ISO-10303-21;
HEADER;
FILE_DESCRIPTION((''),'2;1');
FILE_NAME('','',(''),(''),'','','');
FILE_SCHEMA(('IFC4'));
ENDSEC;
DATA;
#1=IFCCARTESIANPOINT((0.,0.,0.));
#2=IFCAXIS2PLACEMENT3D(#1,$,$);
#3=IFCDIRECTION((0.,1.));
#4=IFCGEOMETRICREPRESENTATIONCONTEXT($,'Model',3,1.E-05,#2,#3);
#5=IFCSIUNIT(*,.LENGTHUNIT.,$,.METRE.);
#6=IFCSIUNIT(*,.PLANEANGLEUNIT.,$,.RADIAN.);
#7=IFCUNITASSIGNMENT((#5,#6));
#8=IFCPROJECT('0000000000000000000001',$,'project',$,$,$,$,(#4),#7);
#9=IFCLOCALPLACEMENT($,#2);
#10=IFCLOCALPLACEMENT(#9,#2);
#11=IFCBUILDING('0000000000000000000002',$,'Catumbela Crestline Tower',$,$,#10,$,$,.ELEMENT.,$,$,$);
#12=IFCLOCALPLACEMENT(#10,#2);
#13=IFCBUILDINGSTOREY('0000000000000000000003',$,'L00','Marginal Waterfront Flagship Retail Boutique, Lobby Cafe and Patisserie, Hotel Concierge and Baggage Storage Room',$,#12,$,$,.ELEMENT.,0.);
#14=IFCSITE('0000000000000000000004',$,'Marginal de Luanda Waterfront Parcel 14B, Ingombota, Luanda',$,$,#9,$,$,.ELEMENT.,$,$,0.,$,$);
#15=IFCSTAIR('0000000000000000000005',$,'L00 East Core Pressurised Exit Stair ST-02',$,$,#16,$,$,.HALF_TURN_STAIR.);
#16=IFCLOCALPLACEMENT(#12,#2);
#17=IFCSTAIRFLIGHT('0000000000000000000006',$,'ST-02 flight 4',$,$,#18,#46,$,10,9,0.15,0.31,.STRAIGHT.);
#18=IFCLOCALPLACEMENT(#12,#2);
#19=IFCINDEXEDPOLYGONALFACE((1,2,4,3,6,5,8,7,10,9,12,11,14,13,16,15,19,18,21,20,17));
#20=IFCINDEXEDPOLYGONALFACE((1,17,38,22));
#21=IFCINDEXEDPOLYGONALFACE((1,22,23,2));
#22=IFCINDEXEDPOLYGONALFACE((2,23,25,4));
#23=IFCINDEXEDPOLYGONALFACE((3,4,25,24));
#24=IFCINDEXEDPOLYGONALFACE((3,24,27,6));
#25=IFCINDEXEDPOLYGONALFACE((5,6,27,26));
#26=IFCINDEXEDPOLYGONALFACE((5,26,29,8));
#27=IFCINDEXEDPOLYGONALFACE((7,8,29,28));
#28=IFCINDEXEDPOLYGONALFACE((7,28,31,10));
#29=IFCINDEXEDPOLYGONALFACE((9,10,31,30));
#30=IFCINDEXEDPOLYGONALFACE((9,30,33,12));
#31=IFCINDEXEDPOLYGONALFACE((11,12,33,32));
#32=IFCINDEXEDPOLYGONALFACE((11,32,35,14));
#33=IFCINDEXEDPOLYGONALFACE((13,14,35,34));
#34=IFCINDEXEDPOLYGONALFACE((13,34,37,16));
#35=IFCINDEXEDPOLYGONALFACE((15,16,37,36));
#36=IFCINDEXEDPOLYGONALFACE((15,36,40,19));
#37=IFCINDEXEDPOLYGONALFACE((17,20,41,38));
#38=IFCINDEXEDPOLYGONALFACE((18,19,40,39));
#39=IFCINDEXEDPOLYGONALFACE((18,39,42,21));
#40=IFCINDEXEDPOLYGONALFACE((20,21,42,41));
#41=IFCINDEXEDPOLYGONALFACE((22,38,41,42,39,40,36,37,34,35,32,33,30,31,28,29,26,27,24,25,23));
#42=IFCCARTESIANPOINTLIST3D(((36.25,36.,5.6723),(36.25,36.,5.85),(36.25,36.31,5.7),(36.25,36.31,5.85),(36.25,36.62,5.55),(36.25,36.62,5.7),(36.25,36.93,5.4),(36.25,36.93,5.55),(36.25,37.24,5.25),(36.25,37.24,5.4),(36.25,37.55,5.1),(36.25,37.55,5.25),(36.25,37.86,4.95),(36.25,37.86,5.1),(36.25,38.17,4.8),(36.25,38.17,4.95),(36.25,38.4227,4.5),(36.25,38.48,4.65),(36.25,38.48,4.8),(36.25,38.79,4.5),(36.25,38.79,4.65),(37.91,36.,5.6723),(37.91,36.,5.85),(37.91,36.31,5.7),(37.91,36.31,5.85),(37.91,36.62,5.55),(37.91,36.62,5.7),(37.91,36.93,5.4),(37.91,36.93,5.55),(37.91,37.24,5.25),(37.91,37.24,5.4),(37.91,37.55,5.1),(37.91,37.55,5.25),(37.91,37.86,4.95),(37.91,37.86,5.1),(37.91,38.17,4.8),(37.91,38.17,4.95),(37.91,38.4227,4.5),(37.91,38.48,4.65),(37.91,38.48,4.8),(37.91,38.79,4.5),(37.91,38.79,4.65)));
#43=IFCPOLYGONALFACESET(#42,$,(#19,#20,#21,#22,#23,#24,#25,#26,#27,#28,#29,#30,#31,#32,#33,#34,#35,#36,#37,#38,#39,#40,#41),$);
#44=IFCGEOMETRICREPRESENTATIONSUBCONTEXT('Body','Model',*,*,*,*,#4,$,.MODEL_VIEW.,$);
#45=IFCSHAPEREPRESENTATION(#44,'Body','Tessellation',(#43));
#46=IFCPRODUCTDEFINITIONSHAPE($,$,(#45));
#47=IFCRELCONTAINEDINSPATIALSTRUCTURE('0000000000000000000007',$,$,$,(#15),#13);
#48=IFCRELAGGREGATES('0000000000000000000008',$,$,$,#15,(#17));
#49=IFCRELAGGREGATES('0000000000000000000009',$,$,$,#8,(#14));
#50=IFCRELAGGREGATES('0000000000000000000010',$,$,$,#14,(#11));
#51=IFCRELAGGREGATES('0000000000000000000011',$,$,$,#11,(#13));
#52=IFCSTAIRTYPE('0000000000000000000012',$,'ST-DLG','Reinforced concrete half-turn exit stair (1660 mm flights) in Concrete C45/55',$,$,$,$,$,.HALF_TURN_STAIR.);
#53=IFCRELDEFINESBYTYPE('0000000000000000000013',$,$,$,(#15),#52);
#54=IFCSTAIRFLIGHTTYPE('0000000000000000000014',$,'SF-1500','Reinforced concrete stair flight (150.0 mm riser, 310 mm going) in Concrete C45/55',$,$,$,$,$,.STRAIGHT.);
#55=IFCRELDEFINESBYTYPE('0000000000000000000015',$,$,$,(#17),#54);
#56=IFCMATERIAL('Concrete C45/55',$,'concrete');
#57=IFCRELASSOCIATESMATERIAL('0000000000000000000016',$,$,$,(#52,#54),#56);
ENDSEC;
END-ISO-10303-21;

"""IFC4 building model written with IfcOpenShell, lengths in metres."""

from ifc_helpers import new_model, si_unit, direction, frame, origin, place, context, subcontext, project, spatial, polyline, outline, extrude, material, type_object, element, aggregate, save


model = new_model("IFC4")

# Units and contexts
model_context = context("Model", 3, precision=1e-05, world=origin(), true_north=direction((0.0, 1.0)))
body_context = subcontext(model_context, "Body", "Model", "MODEL_VIEW")
ifc_project = project(units=[si_unit("LENGTHUNIT", "METRE"), si_unit("PLANEANGLEUNIT", "RADIAN")], contexts=[model_context])

# Site, building, storey
site_placement = place(None, origin())
site = spatial("IfcSite", under=ifc_project, at=site_placement, Name="Marginal de Luanda Waterfront Parcel 14B, Ingombota, Luanda", CompositionType="ELEMENT", RefElevation=0.0)
building_placement = place(site_placement, origin())
building = spatial("IfcBuilding", under=site, at=building_placement, Name="Catumbela Crestline Tower", CompositionType="ELEMENT")
storey_placement = place(building_placement, origin())
storey = spatial("IfcBuildingStorey", under=building, at=storey_placement, Name="L00", Description="Marginal Waterfront Flagship Retail Boutique, Lobby Cafe and Patisserie, Hotel Concierge and Baggage Storage Room", CompositionType="ELEMENT", Elevation=0.0)

# Stair, stair flight
ifc_material_1 = material(Name="Concrete C45/55", Category="concrete")
stair_type = type_object("IfcStairType", Name="ST-DLG", Description="Reinforced concrete half-turn exit stair (1660 mm flights) in Concrete C45/55", PredefinedType="HALF_TURN_STAIR", material=ifc_material_1)
stair_placement = place(storey_placement, origin())
stair = element("IfcStair", 1, at=stair_placement, inside=storey, type_object=stair_type, Name="L00 East Core Pressurised Exit Stair ST-02", PredefinedType="HALF_TURN_STAIR")
stair_flight_type = type_object("IfcStairFlightType", Name="SF-1500", Description="Reinforced concrete stair flight (150.0 mm riser, 310 mm going) in Concrete C45/55", PredefinedType="STRAIGHT", material=ifc_material_1)
stair_flight_1_placement = place(storey_placement, frame((37.08, 38.79, 4.5), z_axis=(0.0, 0.0, 1.0), x_axis=(0.0, -1.0, 0.0)))
stair_flight_1 = element("IfcStairFlight", 2, at=stair_flight_1_placement, type_object=stair_flight_type, Name="ST-02 flight 4", NumberOfRisers=10, NumberOfTreads=9, PredefinedType="STRAIGHT", RiserHeight=0.15, TreadLength=0.31, context=body_context, shape_type="SweptSolid", body=[
    extrude(outline(polyline([(0.0, 0.0), (0.0, 0.15), (0.31, 0.15), (0.31, 0.3), (0.62, 0.3), (0.62, 0.45), (0.93, 0.45), (0.93, 0.6), (1.24, 0.6), (1.24, 0.75), (1.55, 0.75), (1.55, 0.9), (1.86, 0.9), (1.86, 1.05), (2.17, 1.05), (2.17, 1.2), (2.48, 1.2), (2.48, 1.35), (2.79, 1.35), (2.79, 1.5), (2.79, 1.1723), (0.3673, 0.0), (0.0, 0.0)])), frame((0.0, 0.83, 0.0), z_axis=(0.0, -1.0, 0.0), x_axis=(1.0, 0.0, 0.0)), (0.0, 0.0, 1.0), 1.66),
])
aggregate(stair, [stair_flight_1])

save(model, "model.ifc")
